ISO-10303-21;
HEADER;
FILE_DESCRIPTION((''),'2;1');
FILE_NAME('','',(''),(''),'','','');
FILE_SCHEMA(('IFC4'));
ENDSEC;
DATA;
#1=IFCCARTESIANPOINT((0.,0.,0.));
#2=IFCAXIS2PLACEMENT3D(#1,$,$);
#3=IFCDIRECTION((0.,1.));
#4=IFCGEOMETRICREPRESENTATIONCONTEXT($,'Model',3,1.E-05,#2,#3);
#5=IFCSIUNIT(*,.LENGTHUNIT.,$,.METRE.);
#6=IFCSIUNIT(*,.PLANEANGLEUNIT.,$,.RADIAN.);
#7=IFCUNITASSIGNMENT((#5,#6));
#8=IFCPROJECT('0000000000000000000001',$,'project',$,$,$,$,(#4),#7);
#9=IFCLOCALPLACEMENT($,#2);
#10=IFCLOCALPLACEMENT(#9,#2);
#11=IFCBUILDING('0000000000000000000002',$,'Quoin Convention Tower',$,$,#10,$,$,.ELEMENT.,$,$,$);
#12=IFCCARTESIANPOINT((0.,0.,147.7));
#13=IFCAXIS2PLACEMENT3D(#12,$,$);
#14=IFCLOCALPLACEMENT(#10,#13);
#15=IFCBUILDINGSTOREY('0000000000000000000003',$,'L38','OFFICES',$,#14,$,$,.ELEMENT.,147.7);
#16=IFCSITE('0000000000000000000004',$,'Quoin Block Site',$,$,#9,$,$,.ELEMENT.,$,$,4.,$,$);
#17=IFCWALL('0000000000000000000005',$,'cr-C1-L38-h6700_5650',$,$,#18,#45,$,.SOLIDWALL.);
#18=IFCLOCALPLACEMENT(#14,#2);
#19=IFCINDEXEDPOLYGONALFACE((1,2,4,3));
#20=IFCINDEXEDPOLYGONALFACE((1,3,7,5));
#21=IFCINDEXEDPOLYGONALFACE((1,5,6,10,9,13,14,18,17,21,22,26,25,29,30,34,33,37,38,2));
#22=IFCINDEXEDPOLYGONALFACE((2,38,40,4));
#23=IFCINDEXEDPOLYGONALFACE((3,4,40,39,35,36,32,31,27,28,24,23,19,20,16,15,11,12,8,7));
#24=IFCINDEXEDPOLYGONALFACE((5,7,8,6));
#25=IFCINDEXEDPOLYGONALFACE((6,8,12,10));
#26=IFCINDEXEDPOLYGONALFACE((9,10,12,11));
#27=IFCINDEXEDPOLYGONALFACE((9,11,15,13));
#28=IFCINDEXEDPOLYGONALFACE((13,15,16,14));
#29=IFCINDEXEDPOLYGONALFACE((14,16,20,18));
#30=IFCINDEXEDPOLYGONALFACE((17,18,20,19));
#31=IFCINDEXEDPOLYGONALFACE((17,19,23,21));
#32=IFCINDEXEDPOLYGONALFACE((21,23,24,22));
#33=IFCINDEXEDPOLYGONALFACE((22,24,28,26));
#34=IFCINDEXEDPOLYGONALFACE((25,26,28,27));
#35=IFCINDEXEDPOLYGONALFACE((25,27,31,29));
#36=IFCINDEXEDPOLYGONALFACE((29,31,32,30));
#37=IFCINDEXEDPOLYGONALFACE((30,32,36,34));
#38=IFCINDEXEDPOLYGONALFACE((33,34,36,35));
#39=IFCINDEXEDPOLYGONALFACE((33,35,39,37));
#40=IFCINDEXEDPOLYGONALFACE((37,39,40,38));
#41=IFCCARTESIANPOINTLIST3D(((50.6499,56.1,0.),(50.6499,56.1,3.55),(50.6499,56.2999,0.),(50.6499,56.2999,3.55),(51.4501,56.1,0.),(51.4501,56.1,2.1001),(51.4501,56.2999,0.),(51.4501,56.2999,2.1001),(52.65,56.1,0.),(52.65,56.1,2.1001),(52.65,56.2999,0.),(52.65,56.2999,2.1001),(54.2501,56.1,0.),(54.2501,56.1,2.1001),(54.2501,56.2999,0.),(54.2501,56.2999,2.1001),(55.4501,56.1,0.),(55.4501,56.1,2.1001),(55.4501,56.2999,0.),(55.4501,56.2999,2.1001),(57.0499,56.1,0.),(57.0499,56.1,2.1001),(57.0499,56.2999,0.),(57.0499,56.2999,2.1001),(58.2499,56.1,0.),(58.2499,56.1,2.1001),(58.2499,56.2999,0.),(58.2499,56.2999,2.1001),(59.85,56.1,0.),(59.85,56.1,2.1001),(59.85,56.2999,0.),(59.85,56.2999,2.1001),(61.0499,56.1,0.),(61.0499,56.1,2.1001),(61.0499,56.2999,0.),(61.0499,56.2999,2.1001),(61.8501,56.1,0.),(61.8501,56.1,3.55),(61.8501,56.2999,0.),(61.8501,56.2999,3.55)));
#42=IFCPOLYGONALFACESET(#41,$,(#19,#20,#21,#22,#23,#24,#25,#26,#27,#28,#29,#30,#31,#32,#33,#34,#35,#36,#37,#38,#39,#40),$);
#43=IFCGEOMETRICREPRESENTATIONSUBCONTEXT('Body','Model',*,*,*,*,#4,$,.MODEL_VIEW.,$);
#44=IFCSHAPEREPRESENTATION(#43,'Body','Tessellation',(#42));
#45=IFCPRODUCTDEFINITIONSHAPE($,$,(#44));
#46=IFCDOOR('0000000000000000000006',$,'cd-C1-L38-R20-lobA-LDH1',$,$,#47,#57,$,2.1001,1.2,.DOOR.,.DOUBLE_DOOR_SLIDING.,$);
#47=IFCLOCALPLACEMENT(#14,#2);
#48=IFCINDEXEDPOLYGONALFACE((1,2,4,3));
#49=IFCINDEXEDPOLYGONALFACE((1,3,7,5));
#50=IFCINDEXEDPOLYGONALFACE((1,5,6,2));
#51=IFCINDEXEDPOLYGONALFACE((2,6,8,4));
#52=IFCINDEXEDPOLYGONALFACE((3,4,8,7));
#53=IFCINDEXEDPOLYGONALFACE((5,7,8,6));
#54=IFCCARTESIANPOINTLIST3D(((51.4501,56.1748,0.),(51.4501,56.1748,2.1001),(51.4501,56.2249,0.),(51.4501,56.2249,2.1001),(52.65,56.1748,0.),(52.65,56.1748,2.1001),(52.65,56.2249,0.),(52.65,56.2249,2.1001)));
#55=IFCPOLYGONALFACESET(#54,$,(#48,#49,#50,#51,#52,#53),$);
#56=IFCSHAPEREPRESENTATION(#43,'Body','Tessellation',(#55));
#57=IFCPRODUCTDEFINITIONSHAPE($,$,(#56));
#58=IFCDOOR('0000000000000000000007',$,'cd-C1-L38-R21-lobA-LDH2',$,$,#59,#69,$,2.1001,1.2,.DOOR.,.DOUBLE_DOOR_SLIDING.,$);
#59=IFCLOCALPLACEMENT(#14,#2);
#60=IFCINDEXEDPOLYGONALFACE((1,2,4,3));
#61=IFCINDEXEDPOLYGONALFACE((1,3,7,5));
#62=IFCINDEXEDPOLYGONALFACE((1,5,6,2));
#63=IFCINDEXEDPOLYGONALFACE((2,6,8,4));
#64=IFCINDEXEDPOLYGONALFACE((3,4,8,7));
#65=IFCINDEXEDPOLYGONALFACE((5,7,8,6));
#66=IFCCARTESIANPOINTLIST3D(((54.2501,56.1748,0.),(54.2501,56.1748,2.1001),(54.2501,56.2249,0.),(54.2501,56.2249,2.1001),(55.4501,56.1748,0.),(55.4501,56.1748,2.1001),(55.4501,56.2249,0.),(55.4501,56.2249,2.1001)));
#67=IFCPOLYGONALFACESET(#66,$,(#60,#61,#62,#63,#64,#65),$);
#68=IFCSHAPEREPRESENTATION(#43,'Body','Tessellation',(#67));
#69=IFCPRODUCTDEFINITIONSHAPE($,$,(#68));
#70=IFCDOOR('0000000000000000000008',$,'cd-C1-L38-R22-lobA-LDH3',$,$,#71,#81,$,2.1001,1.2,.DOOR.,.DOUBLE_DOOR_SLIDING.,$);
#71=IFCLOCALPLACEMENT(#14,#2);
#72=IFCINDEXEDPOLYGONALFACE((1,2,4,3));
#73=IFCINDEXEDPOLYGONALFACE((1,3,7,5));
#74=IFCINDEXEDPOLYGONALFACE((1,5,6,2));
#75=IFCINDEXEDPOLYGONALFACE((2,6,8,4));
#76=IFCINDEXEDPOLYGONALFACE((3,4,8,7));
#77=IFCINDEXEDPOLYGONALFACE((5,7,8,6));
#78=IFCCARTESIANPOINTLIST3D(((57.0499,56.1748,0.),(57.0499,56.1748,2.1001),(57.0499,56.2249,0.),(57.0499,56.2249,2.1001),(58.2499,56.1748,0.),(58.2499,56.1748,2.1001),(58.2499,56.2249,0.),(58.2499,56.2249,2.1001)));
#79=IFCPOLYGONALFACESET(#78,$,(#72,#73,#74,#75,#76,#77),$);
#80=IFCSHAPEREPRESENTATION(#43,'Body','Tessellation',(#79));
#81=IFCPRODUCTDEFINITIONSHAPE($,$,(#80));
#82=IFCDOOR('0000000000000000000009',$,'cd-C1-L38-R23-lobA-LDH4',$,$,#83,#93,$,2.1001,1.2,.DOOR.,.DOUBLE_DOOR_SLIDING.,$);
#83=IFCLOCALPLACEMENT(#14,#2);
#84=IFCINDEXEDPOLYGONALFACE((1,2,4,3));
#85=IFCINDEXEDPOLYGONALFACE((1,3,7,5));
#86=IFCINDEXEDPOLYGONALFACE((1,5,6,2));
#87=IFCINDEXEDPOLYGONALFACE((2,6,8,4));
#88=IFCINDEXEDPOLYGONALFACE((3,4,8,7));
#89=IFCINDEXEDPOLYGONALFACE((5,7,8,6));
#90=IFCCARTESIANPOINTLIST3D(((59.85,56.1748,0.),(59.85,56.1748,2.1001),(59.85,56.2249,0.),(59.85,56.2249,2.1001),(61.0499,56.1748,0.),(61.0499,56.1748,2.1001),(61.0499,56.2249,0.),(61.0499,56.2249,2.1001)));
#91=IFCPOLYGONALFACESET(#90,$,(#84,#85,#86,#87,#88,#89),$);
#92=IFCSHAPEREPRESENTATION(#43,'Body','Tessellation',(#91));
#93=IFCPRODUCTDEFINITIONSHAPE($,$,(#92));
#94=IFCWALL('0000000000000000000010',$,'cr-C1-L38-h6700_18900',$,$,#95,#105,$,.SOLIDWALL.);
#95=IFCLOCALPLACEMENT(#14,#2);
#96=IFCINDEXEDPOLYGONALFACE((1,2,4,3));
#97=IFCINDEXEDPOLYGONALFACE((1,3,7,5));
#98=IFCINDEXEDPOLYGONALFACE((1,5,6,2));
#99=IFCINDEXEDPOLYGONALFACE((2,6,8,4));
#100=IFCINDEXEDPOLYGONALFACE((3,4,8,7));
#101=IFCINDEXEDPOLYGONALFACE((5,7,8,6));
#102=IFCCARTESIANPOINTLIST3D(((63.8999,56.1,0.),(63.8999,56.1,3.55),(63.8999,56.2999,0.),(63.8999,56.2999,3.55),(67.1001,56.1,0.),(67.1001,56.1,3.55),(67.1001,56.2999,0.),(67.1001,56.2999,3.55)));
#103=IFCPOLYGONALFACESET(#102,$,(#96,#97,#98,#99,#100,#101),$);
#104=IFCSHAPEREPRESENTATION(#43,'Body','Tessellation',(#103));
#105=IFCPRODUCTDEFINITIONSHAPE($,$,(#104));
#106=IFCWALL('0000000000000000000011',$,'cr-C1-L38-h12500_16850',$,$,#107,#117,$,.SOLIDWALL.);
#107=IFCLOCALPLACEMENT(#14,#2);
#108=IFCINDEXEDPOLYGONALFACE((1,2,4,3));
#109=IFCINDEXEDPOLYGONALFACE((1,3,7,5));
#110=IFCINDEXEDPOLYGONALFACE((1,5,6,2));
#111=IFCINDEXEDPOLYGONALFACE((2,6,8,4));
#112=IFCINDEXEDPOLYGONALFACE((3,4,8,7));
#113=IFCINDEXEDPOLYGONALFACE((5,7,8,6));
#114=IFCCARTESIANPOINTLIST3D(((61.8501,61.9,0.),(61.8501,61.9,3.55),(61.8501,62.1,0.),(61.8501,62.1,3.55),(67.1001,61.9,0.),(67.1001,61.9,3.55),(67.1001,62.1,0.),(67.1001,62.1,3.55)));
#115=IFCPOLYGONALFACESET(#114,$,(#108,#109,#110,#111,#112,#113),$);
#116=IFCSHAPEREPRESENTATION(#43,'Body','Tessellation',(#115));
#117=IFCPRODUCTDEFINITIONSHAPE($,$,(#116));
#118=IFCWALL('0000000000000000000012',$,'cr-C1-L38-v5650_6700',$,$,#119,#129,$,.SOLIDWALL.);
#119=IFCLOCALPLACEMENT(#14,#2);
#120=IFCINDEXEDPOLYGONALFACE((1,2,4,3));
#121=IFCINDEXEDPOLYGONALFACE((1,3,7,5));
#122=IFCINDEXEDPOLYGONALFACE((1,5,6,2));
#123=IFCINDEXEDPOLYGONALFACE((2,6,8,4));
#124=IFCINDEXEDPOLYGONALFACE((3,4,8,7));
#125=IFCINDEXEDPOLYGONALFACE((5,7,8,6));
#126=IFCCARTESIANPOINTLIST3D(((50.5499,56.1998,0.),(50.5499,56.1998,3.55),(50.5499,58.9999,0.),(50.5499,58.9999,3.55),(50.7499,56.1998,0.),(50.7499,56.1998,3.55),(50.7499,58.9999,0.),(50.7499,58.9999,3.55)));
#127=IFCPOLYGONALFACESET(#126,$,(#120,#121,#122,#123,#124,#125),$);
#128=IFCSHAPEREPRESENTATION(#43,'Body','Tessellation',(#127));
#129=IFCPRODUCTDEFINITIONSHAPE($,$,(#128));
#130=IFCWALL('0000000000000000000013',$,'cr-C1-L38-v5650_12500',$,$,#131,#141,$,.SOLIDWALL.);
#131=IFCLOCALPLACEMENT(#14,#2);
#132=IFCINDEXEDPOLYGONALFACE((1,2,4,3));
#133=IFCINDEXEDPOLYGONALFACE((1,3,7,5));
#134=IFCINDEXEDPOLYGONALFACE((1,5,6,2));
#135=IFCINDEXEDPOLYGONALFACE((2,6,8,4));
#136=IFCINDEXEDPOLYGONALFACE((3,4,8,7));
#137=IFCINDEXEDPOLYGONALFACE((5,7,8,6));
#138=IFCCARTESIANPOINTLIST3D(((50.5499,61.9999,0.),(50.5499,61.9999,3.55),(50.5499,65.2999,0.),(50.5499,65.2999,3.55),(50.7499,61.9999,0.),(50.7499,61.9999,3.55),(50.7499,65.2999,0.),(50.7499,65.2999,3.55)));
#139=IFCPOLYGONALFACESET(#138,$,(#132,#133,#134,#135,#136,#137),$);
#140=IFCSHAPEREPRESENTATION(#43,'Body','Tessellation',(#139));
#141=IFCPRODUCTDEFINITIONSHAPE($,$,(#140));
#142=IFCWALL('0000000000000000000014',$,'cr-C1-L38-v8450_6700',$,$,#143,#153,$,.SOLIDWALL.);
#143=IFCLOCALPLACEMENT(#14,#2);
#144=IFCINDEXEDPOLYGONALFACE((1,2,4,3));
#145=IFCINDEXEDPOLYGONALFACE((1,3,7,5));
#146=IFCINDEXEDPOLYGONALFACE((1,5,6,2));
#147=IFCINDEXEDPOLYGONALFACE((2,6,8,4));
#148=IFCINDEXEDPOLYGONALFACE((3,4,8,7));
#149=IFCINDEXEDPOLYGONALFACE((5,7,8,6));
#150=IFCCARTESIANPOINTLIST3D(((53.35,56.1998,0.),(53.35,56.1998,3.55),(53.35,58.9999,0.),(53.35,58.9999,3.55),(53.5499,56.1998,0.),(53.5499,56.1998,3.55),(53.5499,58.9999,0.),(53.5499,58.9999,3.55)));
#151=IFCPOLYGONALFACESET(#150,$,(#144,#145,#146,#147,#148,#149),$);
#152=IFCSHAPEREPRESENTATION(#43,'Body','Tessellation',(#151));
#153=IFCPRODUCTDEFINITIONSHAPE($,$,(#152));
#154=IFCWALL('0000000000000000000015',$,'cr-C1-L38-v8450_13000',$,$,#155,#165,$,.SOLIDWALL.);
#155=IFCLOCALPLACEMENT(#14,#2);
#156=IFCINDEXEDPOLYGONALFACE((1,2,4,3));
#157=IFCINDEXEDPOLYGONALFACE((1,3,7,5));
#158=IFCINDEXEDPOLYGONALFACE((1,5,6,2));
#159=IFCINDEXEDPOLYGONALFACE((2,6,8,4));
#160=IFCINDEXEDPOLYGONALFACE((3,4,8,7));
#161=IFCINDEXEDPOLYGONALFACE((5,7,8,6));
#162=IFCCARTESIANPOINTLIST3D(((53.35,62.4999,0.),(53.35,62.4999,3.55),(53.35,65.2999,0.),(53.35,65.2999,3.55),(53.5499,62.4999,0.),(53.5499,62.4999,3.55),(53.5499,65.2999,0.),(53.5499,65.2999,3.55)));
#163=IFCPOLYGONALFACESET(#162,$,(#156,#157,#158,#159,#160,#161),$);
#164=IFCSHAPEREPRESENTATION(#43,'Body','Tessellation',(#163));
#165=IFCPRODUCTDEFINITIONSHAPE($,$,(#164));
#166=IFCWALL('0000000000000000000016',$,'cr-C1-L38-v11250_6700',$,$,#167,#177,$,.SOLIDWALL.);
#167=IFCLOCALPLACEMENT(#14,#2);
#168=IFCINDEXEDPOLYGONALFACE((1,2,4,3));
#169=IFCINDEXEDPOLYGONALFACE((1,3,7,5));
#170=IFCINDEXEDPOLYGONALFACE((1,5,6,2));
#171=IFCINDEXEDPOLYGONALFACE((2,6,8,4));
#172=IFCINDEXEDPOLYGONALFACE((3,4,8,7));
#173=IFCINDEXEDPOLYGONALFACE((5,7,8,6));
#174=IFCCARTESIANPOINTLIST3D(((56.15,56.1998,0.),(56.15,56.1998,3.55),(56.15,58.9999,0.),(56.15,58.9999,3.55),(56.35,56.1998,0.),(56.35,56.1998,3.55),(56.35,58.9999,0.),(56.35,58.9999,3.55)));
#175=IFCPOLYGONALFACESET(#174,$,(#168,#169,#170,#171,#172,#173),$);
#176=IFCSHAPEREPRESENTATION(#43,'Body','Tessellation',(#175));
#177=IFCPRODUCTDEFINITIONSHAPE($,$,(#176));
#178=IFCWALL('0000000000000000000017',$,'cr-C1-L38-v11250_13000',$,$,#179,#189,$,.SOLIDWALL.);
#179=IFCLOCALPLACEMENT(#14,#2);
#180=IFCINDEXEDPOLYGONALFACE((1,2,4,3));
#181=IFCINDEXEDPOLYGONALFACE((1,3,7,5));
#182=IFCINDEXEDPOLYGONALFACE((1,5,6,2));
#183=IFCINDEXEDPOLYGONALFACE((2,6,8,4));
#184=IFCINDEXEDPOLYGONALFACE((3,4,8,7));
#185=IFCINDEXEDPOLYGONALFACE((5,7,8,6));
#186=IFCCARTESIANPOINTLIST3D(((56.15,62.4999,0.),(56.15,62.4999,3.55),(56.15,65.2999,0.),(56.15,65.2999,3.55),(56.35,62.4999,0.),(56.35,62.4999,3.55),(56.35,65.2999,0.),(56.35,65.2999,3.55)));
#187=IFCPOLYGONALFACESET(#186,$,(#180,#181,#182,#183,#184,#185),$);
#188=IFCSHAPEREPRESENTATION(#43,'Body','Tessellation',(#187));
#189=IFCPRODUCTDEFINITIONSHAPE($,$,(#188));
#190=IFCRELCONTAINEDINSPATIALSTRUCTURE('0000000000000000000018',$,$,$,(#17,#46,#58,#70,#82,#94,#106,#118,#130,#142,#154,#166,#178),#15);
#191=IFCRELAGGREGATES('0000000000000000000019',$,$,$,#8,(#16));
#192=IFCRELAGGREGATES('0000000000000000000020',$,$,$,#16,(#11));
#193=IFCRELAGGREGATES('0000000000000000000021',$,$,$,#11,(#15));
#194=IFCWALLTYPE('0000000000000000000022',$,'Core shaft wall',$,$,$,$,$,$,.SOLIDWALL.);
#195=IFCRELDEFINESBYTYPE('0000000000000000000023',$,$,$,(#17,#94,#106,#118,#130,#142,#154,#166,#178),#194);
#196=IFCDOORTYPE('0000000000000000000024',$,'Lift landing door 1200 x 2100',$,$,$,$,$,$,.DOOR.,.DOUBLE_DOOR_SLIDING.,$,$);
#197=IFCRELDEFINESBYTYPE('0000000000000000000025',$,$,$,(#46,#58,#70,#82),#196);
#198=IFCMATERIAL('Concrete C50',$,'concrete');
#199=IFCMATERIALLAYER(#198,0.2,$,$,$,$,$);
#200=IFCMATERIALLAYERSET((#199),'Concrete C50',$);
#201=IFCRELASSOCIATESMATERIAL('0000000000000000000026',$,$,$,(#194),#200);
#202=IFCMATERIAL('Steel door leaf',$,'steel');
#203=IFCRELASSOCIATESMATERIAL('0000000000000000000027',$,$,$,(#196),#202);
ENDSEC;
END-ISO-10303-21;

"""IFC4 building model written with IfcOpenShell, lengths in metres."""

from ifc_helpers import new_model, si_unit, direction, frame, frame_2d, origin, place, context, subcontext, project, spatial, rectangle, extrude, material, layer, layer_set, type_object, element, fill, save


model = new_model("IFC4")

# Units and contexts
model_context = context("Model", 3, precision=1e-05, world=origin(), true_north=direction((0.0, 1.0)))
body_context = subcontext(model_context, "Body", "Model", "MODEL_VIEW")
ifc_project = project(units=[si_unit("LENGTHUNIT", "METRE"), si_unit("PLANEANGLEUNIT", "RADIAN")], contexts=[model_context])

# Site, building, storey
site_placement = place(None, origin())
site = spatial("IfcSite", under=ifc_project, at=site_placement, Name="Quoin Block Site", CompositionType="ELEMENT", RefElevation=4.0)
building_placement = place(site_placement, origin())
building = spatial("IfcBuilding", under=site, at=building_placement, Name="Quoin Convention Tower", CompositionType="ELEMENT")
storey_placement = place(building_placement, frame((0.0, 0.0, 147.7)))
storey = spatial("IfcBuildingStorey", under=building, at=storey_placement, Name="L38", Description="OFFICES", CompositionType="ELEMENT", Elevation=147.7)

# Wall, openings, doors
ifc_material_1 = material(Name="Concrete C50", Category="concrete")
ifc_layer_1 = layer(ifc_material_1, 0.2)
ifc_layer_set_1 = layer_set([ifc_layer_1], Name="Concrete C50")
wall_type_1 = type_object("IfcWallType", Name="Core shaft wall", PredefinedType="SOLIDWALL", material=ifc_layer_set_1)
wall_1_placement = place(storey_placement, frame((50.6499, 56.2, 0.0), z_axis=(0.0, 0.0, 1.0), x_axis=(1.0, 0.0, 0.0)))
wall_1 = element("IfcWall", 1, at=wall_1_placement, inside=storey, type_object=wall_type_1, Name="cr-C1-L38-h6700_5650", PredefinedType="SOLIDWALL", context=body_context, shape_type="SweptSolid", body=[
    extrude(rectangle(XDim=11.2002, YDim=0.2, at=frame_2d((5.6001, 0.0))), origin(), (0.0, 0.0, 1.0), 3.55),
])
opening_1_placement = place(wall_1_placement, frame((0.8, 0.0, 0.0)))
opening_1 = element("IfcOpeningElement", 2, at=opening_1_placement, cuts=wall_1, PredefinedType="OPENING", context=body_context, shape_type="SweptSolid", body=[
    extrude(rectangle(XDim=1.2, YDim=2.1001, at=frame_2d((0.6001, 1.05))), frame((0.0, 0.1099, 0.0), z_axis=(0.0, -1.0, 0.0), x_axis=(1.0, 0.0, 0.0)), (0.0, 0.0, 1.0), 0.22),
])
opening_2_placement = place(wall_1_placement, frame((3.6001, 0.0, 0.0)))
opening_2 = element("IfcOpeningElement", 3, at=opening_2_placement, cuts=wall_1, PredefinedType="OPENING", context=body_context, shape_type="SweptSolid", body=[
    extrude(rectangle(XDim=1.2, YDim=2.1001, at=frame_2d((0.6001, 1.05))), frame((0.0, 0.1099, 0.0), z_axis=(0.0, -1.0, 0.0), x_axis=(1.0, 0.0, 0.0)), (0.0, 0.0, 1.0), 0.22),
])
opening_3_placement = place(wall_1_placement, frame((6.3999, 0.0, 0.0)))
opening_3 = element("IfcOpeningElement", 4, at=opening_3_placement, cuts=wall_1, PredefinedType="OPENING", context=body_context, shape_type="SweptSolid", body=[
    extrude(rectangle(XDim=1.2, YDim=2.1001, at=frame_2d((0.6001, 1.05))), frame((0.0, 0.1099, 0.0), z_axis=(0.0, -1.0, 0.0), x_axis=(1.0, 0.0, 0.0)), (0.0, 0.0, 1.0), 0.22),
])
opening_4_placement = place(wall_1_placement, frame((9.2, 0.0, 0.0)))
opening_4 = element("IfcOpeningElement", 5, at=opening_4_placement, cuts=wall_1, PredefinedType="OPENING", context=body_context, shape_type="SweptSolid", body=[
    extrude(rectangle(XDim=1.2, YDim=2.1001, at=frame_2d((0.6001, 1.05))), frame((0.0, 0.1099, 0.0), z_axis=(0.0, -1.0, 0.0), x_axis=(1.0, 0.0, 0.0)), (0.0, 0.0, 1.0), 0.22),
])
ifc_material_2 = material(Name="Steel door leaf", Category="steel")
door_type_1 = type_object("IfcDoorType", Name="Lift landing door 1200 x 2100", OperationType="DOUBLE_DOOR_SLIDING", PredefinedType="DOOR", material=ifc_material_2)
door_1_placement = place(opening_1_placement, origin())
door_1 = element("IfcDoor", 6, at=door_1_placement, inside=storey, type_object=door_type_1, Name="cd-C1-L38-R20-lobA-LDH1", OperationType="DOUBLE_DOOR_SLIDING", OverallHeight=2.1001, OverallWidth=1.2, PredefinedType="DOOR", context=body_context, shape_type="SweptSolid", body=[
    extrude(rectangle(XDim=1.2, YDim=2.1001, at=frame_2d((0.6001, 1.05))), frame((0.0, 0.0249, 0.0), z_axis=(0.0, -1.0, 0.0), x_axis=(1.0, 0.0, 0.0)), (0.0, 0.0, 1.0), 0.05),
])
fill(opening_1, door_1)
door_2_placement = place(opening_2_placement, origin())
door_2 = element("IfcDoor", 7, at=door_2_placement, inside=storey, type_object=door_type_1, Name="cd-C1-L38-R21-lobA-LDH2", OperationType="DOUBLE_DOOR_SLIDING", OverallHeight=2.1001, OverallWidth=1.2, PredefinedType="DOOR", context=body_context, shape_type="SweptSolid", body=[
    extrude(rectangle(XDim=1.2, YDim=2.1001, at=frame_2d((0.6001, 1.05))), frame((0.0, 0.0249, 0.0), z_axis=(0.0, -1.0, 0.0), x_axis=(1.0, 0.0, 0.0)), (0.0, 0.0, 1.0), 0.05),
])
fill(opening_2, door_2)
door_3_placement = place(opening_3_placement, origin())
door_3 = element("IfcDoor", 8, at=door_3_placement, inside=storey, type_object=door_type_1, Name="cd-C1-L38-R22-lobA-LDH3", OperationType="DOUBLE_DOOR_SLIDING", OverallHeight=2.1001, OverallWidth=1.2, PredefinedType="DOOR", context=body_context, shape_type="SweptSolid", body=[
    extrude(rectangle(XDim=1.2, YDim=2.1001, at=frame_2d((0.6001, 1.05))), frame((0.0, 0.0249, 0.0), z_axis=(0.0, -1.0, 0.0), x_axis=(1.0, 0.0, 0.0)), (0.0, 0.0, 1.0), 0.05),
])
fill(opening_3, door_3)
door_4_placement = place(opening_4_placement, origin())
door_4 = element("IfcDoor", 9, at=door_4_placement, inside=storey, type_object=door_type_1, Name="cd-C1-L38-R23-lobA-LDH4", OperationType="DOUBLE_DOOR_SLIDING", OverallHeight=2.1001, OverallWidth=1.2, PredefinedType="DOOR", context=body_context, shape_type="SweptSolid", body=[
    extrude(rectangle(XDim=1.2, YDim=2.1001, at=frame_2d((0.6001, 1.05))), frame((0.0, 0.0249, 0.0), z_axis=(0.0, -1.0, 0.0), x_axis=(1.0, 0.0, 0.0)), (0.0, 0.0, 1.0), 0.05),
])
fill(opening_4, door_4)

# Walls
wall_2_placement = place(storey_placement, frame((63.8999, 56.2, 0.0), z_axis=(0.0, 0.0, 1.0), x_axis=(1.0, 0.0, 0.0)))
element("IfcWall", 10, at=wall_2_placement, inside=storey, type_object=wall_type_1, Name="cr-C1-L38-h6700_18900", PredefinedType="SOLIDWALL", context=body_context, shape_type="SweptSolid", body=[
    extrude(rectangle(XDim=3.2002, YDim=0.2, at=frame_2d((1.6001, 0.0))), origin(), (0.0, 0.0, 1.0), 3.55),
])
wall_3_placement = place(storey_placement, frame((61.8501, 62.0, 0.0), z_axis=(0.0, 0.0, 1.0), x_axis=(1.0, 0.0, 0.0)))
element("IfcWall", 11, at=wall_3_placement, inside=storey, type_object=wall_type_1, Name="cr-C1-L38-h12500_16850", PredefinedType="SOLIDWALL", context=body_context, shape_type="SweptSolid", body=[
    extrude(rectangle(XDim=5.25, YDim=0.2, at=frame_2d((2.625, 0.0))), origin(), (0.0, 0.0, 1.0), 3.55),
])
wall_4_placement = place(storey_placement, frame((50.6499, 56.2, 0.0), z_axis=(0.0, 0.0, 1.0), x_axis=(0.0, 1.0, 0.0)))
element("IfcWall", 12, at=wall_4_placement, inside=storey, type_object=wall_type_1, Name="cr-C1-L38-v5650_6700", PredefinedType="SOLIDWALL", context=body_context, shape_type="SweptSolid", body=[
    extrude(rectangle(XDim=2.8, YDim=0.2, at=frame_2d((1.3999, 0.0))), origin(), (0.0, 0.0, 1.0), 3.55),
])
wall_5_placement = place(storey_placement, frame((50.6499, 62.0, 0.0), z_axis=(0.0, 0.0, 1.0), x_axis=(0.0, 1.0, 0.0)))
element("IfcWall", 13, at=wall_5_placement, inside=storey, type_object=wall_type_1, Name="cr-C1-L38-v5650_12500", PredefinedType="SOLIDWALL", context=body_context, shape_type="SweptSolid", body=[
    extrude(rectangle(XDim=3.3, YDim=0.2, at=frame_2d((1.6499, 0.0))), origin(), (0.0, 0.0, 1.0), 3.55),
])
for number, where, z_axis, x_axis, name in (
    (14, (53.45, 56.2, 0.0), (0.0, 0.0, 1.0), (0.0, 1.0, 0.0), "cr-C1-L38-v8450_6700"),
    (15, (53.45, 62.5, 0.0), (0.0, 0.0, 1.0), (0.0, 1.0, 0.0), "cr-C1-L38-v8450_13000"),
    (16, (56.25, 56.2, 0.0), (0.0, 0.0, 1.0), (0.0, 1.0, 0.0), "cr-C1-L38-v11250_6700"),
    (17, (56.25, 62.5, 0.0), (0.0, 0.0, 1.0), (0.0, 1.0, 0.0), "cr-C1-L38-v11250_13000"),
):
    element("IfcWall", number, at=place(storey_placement, frame(where, z_axis=z_axis, x_axis=x_axis)), inside=storey, type_object=wall_type_1, Name=name, PredefinedType="SOLIDWALL", context=body_context, shape_type="SweptSolid", body=[
        extrude(rectangle(XDim=2.8, YDim=0.2, at=frame_2d((1.3999, 0.0))), origin(), (0.0, 0.0, 1.0), 3.55),
    ])

save(model, "model.ifc")
